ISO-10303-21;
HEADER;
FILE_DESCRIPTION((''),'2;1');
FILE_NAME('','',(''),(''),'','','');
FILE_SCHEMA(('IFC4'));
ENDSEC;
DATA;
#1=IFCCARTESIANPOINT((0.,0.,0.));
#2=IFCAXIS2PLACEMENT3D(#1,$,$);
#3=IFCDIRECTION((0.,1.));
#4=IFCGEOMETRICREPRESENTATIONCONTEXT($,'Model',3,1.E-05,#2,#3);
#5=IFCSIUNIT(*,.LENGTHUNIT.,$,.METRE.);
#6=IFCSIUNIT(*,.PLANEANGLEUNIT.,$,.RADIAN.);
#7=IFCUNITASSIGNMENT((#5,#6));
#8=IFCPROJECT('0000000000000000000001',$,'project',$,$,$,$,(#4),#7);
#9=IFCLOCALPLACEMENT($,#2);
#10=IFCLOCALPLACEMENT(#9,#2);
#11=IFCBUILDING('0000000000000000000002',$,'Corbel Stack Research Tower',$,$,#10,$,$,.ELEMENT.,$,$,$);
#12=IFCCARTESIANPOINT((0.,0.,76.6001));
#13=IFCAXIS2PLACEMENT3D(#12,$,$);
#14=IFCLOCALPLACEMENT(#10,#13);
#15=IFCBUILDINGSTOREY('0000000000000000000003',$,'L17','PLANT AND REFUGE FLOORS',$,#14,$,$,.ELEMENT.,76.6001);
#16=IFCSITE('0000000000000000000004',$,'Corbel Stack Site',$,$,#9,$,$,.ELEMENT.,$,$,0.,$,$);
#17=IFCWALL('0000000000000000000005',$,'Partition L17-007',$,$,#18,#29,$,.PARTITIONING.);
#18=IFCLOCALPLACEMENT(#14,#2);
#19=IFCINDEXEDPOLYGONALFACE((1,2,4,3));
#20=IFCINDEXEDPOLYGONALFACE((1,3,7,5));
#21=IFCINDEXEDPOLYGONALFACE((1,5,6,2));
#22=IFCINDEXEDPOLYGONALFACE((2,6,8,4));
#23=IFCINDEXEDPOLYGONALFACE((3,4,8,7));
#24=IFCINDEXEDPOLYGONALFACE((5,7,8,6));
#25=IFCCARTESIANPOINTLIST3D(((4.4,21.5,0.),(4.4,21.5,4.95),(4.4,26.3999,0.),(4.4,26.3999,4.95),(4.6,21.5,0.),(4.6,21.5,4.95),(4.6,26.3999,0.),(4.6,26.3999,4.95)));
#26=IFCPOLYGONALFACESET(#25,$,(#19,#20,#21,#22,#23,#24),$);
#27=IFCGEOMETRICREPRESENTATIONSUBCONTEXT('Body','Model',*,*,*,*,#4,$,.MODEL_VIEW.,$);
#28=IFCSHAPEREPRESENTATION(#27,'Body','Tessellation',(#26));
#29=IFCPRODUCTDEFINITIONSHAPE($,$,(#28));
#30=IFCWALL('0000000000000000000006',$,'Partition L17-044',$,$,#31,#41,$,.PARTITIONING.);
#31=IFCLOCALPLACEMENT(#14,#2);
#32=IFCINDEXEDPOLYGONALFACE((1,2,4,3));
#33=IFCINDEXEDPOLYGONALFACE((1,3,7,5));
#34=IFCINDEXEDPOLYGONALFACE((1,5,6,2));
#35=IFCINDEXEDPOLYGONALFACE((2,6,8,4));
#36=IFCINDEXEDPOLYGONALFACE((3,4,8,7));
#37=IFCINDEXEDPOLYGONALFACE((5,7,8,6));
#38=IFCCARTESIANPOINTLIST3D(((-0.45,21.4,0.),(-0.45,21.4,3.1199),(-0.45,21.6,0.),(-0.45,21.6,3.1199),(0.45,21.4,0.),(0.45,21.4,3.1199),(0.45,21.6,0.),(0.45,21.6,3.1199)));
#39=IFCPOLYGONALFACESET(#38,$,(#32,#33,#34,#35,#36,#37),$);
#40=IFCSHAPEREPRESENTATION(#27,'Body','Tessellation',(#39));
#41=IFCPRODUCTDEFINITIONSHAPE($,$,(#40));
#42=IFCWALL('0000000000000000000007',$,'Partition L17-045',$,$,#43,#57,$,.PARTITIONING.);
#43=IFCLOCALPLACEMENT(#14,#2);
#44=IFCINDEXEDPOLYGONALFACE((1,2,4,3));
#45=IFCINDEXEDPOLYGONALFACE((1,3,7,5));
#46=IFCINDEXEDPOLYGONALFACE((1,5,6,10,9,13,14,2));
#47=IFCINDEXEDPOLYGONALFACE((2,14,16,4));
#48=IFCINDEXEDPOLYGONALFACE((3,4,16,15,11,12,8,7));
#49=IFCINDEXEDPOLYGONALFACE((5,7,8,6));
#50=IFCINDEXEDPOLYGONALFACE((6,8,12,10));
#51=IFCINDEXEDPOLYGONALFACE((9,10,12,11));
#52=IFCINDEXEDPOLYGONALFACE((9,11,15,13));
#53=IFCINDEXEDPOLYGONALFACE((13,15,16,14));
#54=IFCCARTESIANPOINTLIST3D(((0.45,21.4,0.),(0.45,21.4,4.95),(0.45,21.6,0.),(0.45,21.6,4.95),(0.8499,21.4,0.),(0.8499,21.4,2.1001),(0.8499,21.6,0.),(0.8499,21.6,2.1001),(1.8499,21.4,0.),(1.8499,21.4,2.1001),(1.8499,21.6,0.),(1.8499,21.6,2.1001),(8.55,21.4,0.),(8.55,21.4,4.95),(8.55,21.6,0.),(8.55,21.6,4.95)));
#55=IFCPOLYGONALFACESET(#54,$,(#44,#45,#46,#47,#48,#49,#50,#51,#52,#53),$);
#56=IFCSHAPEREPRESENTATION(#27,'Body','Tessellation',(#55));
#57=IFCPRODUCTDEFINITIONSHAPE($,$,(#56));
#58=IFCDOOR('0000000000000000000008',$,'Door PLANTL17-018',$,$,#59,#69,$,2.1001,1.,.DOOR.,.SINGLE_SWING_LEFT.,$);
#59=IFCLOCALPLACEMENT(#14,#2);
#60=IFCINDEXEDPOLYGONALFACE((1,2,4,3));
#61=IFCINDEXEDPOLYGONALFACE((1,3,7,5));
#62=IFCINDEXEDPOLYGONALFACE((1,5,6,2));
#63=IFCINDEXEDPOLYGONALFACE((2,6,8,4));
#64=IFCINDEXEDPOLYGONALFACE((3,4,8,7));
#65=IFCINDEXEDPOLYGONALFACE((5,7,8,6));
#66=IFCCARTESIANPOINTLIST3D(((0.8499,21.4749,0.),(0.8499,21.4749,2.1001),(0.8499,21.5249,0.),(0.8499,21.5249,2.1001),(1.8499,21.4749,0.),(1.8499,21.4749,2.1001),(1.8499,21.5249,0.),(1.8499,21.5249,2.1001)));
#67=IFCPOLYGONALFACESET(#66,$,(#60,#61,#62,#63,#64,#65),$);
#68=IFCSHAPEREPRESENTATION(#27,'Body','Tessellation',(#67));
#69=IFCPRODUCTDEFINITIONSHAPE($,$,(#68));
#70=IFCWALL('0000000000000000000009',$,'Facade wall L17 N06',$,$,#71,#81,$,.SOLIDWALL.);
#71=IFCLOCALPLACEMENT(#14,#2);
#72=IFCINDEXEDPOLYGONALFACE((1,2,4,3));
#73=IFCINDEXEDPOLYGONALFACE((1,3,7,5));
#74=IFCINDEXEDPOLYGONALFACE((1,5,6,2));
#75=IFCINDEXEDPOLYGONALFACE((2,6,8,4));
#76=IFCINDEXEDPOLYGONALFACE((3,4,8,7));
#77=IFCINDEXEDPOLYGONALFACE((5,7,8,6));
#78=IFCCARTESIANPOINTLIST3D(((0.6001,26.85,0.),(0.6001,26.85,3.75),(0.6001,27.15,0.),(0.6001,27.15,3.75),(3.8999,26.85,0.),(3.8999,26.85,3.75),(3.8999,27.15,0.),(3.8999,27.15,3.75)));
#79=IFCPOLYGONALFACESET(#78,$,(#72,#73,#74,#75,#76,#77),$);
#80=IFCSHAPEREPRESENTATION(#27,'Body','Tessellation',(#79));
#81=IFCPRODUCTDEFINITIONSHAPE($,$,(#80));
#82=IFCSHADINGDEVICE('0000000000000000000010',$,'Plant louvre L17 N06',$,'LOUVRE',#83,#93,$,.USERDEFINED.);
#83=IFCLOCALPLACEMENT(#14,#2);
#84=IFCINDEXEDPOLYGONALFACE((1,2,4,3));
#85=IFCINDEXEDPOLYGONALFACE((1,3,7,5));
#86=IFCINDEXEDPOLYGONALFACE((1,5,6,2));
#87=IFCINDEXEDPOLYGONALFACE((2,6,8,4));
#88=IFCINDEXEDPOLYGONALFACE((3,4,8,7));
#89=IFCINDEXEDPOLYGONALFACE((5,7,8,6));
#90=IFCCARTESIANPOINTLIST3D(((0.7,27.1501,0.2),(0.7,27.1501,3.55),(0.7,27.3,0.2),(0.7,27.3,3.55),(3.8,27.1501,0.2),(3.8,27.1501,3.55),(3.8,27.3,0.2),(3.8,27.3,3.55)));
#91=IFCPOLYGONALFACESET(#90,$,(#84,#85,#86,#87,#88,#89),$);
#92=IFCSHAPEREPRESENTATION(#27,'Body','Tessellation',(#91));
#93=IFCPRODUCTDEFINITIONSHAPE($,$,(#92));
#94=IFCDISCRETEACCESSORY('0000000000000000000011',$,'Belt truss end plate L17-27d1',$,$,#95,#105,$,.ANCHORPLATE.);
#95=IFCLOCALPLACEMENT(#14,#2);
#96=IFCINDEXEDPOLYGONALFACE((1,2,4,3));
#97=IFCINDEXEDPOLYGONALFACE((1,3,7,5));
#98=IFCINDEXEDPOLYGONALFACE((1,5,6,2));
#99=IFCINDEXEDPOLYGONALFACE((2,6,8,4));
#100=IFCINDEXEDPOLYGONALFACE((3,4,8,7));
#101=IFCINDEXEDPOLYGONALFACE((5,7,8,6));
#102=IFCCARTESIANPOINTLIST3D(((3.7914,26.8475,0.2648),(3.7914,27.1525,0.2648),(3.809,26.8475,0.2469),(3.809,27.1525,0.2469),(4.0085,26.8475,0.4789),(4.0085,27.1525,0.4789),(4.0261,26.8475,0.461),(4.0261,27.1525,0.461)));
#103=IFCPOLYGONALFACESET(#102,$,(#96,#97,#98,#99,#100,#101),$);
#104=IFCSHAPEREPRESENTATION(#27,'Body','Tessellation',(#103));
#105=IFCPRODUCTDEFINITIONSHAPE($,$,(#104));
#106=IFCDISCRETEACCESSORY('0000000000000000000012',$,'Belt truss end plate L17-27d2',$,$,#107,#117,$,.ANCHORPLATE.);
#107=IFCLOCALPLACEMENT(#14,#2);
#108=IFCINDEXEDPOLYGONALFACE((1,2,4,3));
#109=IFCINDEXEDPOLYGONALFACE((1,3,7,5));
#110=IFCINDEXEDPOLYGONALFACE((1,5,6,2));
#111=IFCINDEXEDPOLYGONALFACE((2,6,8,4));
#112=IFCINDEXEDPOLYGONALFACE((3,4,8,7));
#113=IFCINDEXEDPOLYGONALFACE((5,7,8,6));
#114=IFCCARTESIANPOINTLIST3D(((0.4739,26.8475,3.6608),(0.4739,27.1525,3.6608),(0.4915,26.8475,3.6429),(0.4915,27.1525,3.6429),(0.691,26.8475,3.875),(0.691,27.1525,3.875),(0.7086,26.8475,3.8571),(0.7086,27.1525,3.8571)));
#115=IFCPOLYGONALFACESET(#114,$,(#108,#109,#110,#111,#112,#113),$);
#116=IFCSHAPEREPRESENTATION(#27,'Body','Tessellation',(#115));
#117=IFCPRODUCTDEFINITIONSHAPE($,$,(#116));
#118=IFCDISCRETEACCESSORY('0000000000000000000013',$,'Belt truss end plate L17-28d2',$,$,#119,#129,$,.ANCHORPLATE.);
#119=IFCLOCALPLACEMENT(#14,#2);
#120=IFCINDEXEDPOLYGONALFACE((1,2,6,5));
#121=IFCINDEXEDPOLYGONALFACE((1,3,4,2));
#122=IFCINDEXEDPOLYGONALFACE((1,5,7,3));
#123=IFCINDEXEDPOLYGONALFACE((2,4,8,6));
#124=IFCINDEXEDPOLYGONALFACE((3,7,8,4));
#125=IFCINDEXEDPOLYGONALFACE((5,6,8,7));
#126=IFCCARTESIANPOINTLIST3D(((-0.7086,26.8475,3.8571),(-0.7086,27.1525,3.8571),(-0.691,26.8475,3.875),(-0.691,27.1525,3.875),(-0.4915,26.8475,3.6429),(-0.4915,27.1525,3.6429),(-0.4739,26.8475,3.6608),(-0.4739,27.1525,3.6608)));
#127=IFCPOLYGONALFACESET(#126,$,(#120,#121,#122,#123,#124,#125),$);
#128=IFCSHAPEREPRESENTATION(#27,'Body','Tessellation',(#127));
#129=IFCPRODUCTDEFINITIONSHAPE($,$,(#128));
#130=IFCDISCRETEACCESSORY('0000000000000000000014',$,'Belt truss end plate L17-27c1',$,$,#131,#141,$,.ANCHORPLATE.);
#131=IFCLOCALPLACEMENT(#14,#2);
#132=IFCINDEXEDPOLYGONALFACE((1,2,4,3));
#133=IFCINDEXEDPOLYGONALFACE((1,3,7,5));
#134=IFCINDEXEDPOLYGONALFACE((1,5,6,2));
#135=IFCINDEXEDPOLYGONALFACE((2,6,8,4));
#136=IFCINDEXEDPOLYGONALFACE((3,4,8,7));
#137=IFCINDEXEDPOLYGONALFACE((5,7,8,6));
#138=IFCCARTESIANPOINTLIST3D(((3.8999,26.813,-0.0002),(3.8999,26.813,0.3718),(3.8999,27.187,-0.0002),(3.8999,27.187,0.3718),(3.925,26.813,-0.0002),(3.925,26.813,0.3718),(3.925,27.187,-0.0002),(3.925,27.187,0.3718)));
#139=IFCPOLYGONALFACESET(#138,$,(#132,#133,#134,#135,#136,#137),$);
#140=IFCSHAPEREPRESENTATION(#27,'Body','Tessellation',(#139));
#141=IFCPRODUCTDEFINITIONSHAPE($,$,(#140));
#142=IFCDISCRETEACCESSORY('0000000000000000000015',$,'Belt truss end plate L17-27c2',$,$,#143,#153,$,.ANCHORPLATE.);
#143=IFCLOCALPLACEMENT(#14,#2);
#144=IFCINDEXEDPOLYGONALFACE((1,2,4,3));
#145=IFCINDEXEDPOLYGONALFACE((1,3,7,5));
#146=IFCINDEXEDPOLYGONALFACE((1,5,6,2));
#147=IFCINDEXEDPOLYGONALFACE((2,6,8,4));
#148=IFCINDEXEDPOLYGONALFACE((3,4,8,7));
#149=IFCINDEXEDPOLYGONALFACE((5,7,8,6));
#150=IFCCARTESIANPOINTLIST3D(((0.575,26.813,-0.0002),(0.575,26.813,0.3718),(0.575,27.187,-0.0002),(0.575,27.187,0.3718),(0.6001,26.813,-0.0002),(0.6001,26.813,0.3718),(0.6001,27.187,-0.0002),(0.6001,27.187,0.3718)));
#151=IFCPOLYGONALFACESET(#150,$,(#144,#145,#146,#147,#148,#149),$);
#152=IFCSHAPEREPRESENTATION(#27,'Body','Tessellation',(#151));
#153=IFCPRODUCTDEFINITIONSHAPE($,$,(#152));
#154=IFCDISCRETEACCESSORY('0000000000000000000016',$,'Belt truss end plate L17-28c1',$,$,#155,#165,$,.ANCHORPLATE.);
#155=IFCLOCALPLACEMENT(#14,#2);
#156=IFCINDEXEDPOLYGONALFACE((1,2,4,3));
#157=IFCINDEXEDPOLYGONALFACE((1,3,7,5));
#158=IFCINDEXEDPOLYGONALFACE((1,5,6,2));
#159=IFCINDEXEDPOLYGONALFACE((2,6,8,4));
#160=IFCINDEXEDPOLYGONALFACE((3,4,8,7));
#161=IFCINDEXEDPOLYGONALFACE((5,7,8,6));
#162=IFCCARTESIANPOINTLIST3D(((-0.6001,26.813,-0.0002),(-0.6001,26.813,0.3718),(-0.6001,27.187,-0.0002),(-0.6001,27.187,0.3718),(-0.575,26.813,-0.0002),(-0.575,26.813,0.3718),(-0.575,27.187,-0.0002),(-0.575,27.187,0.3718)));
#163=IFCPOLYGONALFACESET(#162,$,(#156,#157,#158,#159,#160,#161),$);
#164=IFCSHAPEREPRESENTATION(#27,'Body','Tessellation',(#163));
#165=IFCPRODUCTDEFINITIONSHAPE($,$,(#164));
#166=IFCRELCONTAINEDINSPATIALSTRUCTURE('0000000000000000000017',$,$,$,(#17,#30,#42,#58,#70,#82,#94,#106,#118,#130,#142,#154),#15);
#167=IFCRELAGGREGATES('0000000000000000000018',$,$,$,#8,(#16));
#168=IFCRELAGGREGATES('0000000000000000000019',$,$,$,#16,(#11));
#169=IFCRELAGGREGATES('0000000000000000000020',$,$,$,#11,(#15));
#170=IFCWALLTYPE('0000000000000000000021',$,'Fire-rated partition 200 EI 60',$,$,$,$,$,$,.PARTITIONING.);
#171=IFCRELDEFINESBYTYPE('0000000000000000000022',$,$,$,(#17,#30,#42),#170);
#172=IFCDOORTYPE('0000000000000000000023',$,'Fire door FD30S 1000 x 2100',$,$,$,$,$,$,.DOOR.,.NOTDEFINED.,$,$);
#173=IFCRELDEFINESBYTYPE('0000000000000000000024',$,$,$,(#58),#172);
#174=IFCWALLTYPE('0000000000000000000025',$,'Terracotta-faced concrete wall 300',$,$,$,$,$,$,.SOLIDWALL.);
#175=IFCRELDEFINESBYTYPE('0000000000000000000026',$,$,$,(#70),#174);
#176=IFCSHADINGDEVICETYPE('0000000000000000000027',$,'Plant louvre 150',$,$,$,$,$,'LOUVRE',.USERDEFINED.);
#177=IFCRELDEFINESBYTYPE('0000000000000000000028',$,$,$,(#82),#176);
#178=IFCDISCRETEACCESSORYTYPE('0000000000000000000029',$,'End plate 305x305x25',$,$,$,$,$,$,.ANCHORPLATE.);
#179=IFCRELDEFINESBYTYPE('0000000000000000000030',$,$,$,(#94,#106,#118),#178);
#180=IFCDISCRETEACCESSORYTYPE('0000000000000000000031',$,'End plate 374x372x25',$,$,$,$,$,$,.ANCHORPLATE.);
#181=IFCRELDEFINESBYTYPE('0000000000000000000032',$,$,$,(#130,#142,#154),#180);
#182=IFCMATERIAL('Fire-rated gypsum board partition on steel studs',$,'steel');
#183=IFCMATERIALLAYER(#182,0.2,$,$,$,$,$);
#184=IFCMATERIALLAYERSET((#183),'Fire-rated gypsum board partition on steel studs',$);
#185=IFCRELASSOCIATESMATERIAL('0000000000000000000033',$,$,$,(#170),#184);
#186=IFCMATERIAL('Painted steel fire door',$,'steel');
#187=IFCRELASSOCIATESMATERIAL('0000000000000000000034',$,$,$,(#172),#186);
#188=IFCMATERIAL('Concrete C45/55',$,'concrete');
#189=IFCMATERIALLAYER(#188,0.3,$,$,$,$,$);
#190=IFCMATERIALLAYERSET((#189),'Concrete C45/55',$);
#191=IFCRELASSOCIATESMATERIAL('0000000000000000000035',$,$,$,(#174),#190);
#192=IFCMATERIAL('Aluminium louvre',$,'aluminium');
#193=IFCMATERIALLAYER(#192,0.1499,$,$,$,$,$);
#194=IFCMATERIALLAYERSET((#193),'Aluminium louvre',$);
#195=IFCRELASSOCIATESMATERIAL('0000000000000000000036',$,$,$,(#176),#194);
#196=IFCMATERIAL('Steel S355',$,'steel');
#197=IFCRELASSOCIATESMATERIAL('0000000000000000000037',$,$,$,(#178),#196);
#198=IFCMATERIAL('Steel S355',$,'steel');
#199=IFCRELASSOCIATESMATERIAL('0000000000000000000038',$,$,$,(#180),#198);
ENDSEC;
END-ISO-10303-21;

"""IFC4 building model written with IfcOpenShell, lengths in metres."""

from ifc_helpers import new_model, si_unit, direction, frame, frame_2d, origin, origin_2d, place, context, subcontext, project, spatial, rectangle, extrude, material, layer, layer_set, material_profile, profile_set, type_object, element, fill, save


model = new_model("IFC4")

# Units and contexts
model_context = context("Model", 3, precision=1e-05, world=origin(), true_north=direction((0.0, 1.0)))
body_context = subcontext(model_context, "Body", "Model", "MODEL_VIEW")
ifc_project = project(units=[si_unit("LENGTHUNIT", "METRE"), si_unit("PLANEANGLEUNIT", "RADIAN")], contexts=[model_context])

# Site, building, storey
site_placement = place(None, origin())
site = spatial("IfcSite", under=ifc_project, at=site_placement, Name="Corbel Stack Site", CompositionType="ELEMENT", RefElevation=0.0)
building_placement = place(site_placement, origin())
building = spatial("IfcBuilding", under=site, at=building_placement, Name="Corbel Stack Research Tower", CompositionType="ELEMENT")
storey_placement = place(building_placement, frame((0.0, 0.0, 76.6001)))
storey = spatial("IfcBuildingStorey", under=building, at=storey_placement, Name="L17", Description="PLANT AND REFUGE FLOORS", CompositionType="ELEMENT", Elevation=76.6001)

# Walls
ifc_material_1 = material(Name="Fire-rated gypsum board partition on steel studs", Category="steel")
ifc_layer_1 = layer(ifc_material_1, 0.2)
ifc_layer_set_1 = layer_set([ifc_layer_1], Name="Fire-rated gypsum board partition on steel studs")
wall_type_1 = type_object("IfcWallType", Name="Fire-rated partition 200 EI 60", PredefinedType="PARTITIONING", material=ifc_layer_set_1)
wall_1_placement = place(storey_placement, frame((4.5, 21.5, 0.0), z_axis=(0.0, 0.0, 1.0), x_axis=(0.0, 1.0, 0.0)))
element("IfcWall", 1, at=wall_1_placement, inside=storey, type_object=wall_type_1, Name="Partition L17-007", PredefinedType="PARTITIONING", context=body_context, shape_type="SweptSolid", body=[
    extrude(rectangle(XDim=4.8999, YDim=0.2, at=frame_2d((2.45, 0.0))), origin(), (0.0, 0.0, 1.0), 4.95),
])
wall_2_placement = place(storey_placement, frame((-0.45, 21.5, 0.0), z_axis=(0.0, 0.0, 1.0), x_axis=(1.0, 0.0, 0.0)))
element("IfcWall", 2, at=wall_2_placement, inside=storey, type_object=wall_type_1, Name="Partition L17-044", PredefinedType="PARTITIONING", context=body_context, shape_type="SweptSolid", body=[
    extrude(rectangle(XDim=0.8999, YDim=0.2, at=frame_2d((0.45, 0.0))), origin(), (0.0, 0.0, 1.0), 3.1199),
])

# Wall, opening, door
wall_3_placement = place(storey_placement, frame((0.45, 21.5, 0.0), z_axis=(0.0, 0.0, 1.0), x_axis=(1.0, 0.0, 0.0)))
wall_3 = element("IfcWall", 3, at=wall_3_placement, inside=storey, type_object=wall_type_1, Name="Partition L17-045", PredefinedType="PARTITIONING", context=body_context, shape_type="SweptSolid", body=[
    extrude(rectangle(XDim=8.1001, YDim=0.2, at=frame_2d((4.05, 0.0))), origin(), (0.0, 0.0, 1.0), 4.95),
])
opening_placement = place(wall_3_placement, frame((0.3999, 0.0, 0.0)))
opening = element("IfcOpeningElement", 4, at=opening_placement, cuts=wall_3, PredefinedType="OPENING", context=body_context, shape_type="SweptSolid", body=[
    extrude(rectangle(XDim=1.0, YDim=2.1001, at=frame_2d((0.5, 1.05))), frame((0.0, 0.1099, 0.0), z_axis=(0.0, -1.0, 0.0), x_axis=(1.0, 0.0, 0.0)), (0.0, 0.0, 1.0), 0.22),
])
ifc_material_2 = material(Name="Painted steel fire door", Category="steel")
door_type = type_object("IfcDoorType", Name="Fire door FD30S 1000 x 2100", OperationType="NOTDEFINED", PredefinedType="DOOR", material=ifc_material_2)
door_placement = place(opening_placement, origin())
door = element("IfcDoor", 5, at=door_placement, inside=storey, type_object=door_type, Name="Door PLANTL17-018", OperationType="SINGLE_SWING_LEFT", OverallHeight=2.1001, OverallWidth=1.0, PredefinedType="DOOR", context=body_context, shape_type="SweptSolid", body=[
    extrude(rectangle(XDim=1.0, YDim=2.1001, at=frame_2d((0.5, 1.05))), frame((0.0, 0.0249, 0.0), z_axis=(0.0, -1.0, 0.0), x_axis=(1.0, 0.0, 0.0)), (0.0, 0.0, 1.0), 0.05),
])
fill(opening, door)

# Wall
ifc_material_3 = material(Name="Concrete C45/55", Category="concrete")
ifc_layer_2 = layer(ifc_material_3, 0.3)
ifc_layer_set_2 = layer_set([ifc_layer_2], Name="Concrete C45/55")
wall_type_2 = type_object("IfcWallType", Name="Terracotta-faced concrete wall 300", PredefinedType="SOLIDWALL", material=ifc_layer_set_2)
wall_4_placement = place(storey_placement, frame((0.6001, 27.0, 0.0), z_axis=(0.0, 0.0, 1.0), x_axis=(1.0, 0.0, 0.0)))
element("IfcWall", 6, at=wall_4_placement, inside=storey, type_object=wall_type_2, Name="Facade wall L17 N06", PredefinedType="SOLIDWALL", context=body_context, shape_type="SweptSolid", body=[
    extrude(rectangle(XDim=3.2998, YDim=0.3, at=frame_2d((1.6499, 0.0))), origin(), (0.0, 0.0, 1.0), 3.75),
])

# Shading device
ifc_material_4 = material(Name="Aluminium louvre", Category="aluminium")
ifc_layer_3 = layer(ifc_material_4, 0.1499)
ifc_layer_set_3 = layer_set([ifc_layer_3], Name="Aluminium louvre")
shading_device_type = type_object("IfcShadingDeviceType", Name="Plant louvre 150", ElementType="LOUVRE", PredefinedType="USERDEFINED", material=ifc_layer_set_3)
shading_device_placement = place(storey_placement, frame((2.25, 27.2251, 0.2), z_axis=(0.0, 0.0, 1.0), x_axis=(-1.0, 0.0, 0.0)))
element("IfcShadingDevice", 7, at=shading_device_placement, inside=storey, type_object=shading_device_type, Name="Plant louvre L17 N06", ObjectType="LOUVRE", PredefinedType="USERDEFINED", context=body_context, shape_type="SweptSolid", body=[
    extrude(rectangle(XDim=3.1001, YDim=0.1499, at=origin_2d()), origin(), (0.0, 0.0, 1.0), 3.3501),
])

# Discrete accessories
ifc_material_5 = material(Name="Steel S355", Category="steel")
ifc_material_profile_1 = material_profile(ifc_material_5, rectangle(XDim=0.3049, YDim=0.3049, at=origin_2d()), Name="End plate 305x305x25")
ifc_profile_set_1 = profile_set([ifc_material_profile_1], Name="Steel S355")
discrete_accessory_type_1 = type_object("IfcDiscreteAccessoryType", Name="End plate 305x305x25", PredefinedType="ANCHORPLATE", material=ifc_profile_set_1)
for number, where, z_axis, x_axis, name in (
    (8, (3.8999, 27.0, 0.3718), (0.702213, 0.0, -0.711966), (0.0, 1.0, 0.0), "Belt truss end plate L17-27d1"),
    (9, (0.6001, 27.0, 3.75), (-0.702213, 0.0, 0.711966), (0.0, -1.0, 0.0), "Belt truss end plate L17-27d2"),
    (10, (-0.6001, 27.0, 3.75), (0.702213, 0.0, 0.711966), (0.0, 1.0, 0.0), "Belt truss end plate L17-28d2"),
):
    element("IfcDiscreteAccessory", number, at=place(storey_placement, frame(where, z_axis=z_axis, x_axis=x_axis)), inside=storey, type_object=discrete_accessory_type_1, Name=name, PredefinedType="ANCHORPLATE", context=body_context, shape_type="SweptSolid", body=[
        extrude(rectangle(XDim=0.3049, YDim=0.3049, at=origin_2d()), origin(), (0.0, 0.0, 1.0), 0.0251),
    ])
ifc_material_6 = material(Name="Steel S355", Category="steel")
ifc_material_profile_2 = material_profile(ifc_material_6, rectangle(XDim=0.374, YDim=0.3721, at=origin_2d()), Name="End plate 374x372x25")
ifc_profile_set_2 = profile_set([ifc_material_profile_2], Name="Steel S355")
discrete_accessory_type_2 = type_object("IfcDiscreteAccessoryType", Name="End plate 374x372x25", PredefinedType="ANCHORPLATE", material=ifc_profile_set_2)
for number, where, z_axis, x_axis, name in (
    (11, (3.8999, 27.0, 0.1858), (1.0, 0.0, 0.0), (0.0, 1.0, 0.0), "Belt truss end plate L17-27c1"),
    (12, (0.6001, 27.0, 0.1858), (-1.0, 0.0, 0.0), (0.0, -1.0, 0.0), "Belt truss end plate L17-27c2"),
    (13, (-0.6001, 27.0, 0.1858), (1.0, 0.0, 0.0), (0.0, 1.0, 0.0), "Belt truss end plate L17-28c1"),
):
    element("IfcDiscreteAccessory", number, at=place(storey_placement, frame(where, z_axis=z_axis, x_axis=x_axis)), inside=storey, type_object=discrete_accessory_type_2, Name=name, PredefinedType="ANCHORPLATE", context=body_context, shape_type="SweptSolid", body=[
        extrude(rectangle(XDim=0.374, YDim=0.3721, at=origin_2d()), origin(), (0.0, 0.0, 1.0), 0.0251),
    ])

save(model, "model.ifc")
